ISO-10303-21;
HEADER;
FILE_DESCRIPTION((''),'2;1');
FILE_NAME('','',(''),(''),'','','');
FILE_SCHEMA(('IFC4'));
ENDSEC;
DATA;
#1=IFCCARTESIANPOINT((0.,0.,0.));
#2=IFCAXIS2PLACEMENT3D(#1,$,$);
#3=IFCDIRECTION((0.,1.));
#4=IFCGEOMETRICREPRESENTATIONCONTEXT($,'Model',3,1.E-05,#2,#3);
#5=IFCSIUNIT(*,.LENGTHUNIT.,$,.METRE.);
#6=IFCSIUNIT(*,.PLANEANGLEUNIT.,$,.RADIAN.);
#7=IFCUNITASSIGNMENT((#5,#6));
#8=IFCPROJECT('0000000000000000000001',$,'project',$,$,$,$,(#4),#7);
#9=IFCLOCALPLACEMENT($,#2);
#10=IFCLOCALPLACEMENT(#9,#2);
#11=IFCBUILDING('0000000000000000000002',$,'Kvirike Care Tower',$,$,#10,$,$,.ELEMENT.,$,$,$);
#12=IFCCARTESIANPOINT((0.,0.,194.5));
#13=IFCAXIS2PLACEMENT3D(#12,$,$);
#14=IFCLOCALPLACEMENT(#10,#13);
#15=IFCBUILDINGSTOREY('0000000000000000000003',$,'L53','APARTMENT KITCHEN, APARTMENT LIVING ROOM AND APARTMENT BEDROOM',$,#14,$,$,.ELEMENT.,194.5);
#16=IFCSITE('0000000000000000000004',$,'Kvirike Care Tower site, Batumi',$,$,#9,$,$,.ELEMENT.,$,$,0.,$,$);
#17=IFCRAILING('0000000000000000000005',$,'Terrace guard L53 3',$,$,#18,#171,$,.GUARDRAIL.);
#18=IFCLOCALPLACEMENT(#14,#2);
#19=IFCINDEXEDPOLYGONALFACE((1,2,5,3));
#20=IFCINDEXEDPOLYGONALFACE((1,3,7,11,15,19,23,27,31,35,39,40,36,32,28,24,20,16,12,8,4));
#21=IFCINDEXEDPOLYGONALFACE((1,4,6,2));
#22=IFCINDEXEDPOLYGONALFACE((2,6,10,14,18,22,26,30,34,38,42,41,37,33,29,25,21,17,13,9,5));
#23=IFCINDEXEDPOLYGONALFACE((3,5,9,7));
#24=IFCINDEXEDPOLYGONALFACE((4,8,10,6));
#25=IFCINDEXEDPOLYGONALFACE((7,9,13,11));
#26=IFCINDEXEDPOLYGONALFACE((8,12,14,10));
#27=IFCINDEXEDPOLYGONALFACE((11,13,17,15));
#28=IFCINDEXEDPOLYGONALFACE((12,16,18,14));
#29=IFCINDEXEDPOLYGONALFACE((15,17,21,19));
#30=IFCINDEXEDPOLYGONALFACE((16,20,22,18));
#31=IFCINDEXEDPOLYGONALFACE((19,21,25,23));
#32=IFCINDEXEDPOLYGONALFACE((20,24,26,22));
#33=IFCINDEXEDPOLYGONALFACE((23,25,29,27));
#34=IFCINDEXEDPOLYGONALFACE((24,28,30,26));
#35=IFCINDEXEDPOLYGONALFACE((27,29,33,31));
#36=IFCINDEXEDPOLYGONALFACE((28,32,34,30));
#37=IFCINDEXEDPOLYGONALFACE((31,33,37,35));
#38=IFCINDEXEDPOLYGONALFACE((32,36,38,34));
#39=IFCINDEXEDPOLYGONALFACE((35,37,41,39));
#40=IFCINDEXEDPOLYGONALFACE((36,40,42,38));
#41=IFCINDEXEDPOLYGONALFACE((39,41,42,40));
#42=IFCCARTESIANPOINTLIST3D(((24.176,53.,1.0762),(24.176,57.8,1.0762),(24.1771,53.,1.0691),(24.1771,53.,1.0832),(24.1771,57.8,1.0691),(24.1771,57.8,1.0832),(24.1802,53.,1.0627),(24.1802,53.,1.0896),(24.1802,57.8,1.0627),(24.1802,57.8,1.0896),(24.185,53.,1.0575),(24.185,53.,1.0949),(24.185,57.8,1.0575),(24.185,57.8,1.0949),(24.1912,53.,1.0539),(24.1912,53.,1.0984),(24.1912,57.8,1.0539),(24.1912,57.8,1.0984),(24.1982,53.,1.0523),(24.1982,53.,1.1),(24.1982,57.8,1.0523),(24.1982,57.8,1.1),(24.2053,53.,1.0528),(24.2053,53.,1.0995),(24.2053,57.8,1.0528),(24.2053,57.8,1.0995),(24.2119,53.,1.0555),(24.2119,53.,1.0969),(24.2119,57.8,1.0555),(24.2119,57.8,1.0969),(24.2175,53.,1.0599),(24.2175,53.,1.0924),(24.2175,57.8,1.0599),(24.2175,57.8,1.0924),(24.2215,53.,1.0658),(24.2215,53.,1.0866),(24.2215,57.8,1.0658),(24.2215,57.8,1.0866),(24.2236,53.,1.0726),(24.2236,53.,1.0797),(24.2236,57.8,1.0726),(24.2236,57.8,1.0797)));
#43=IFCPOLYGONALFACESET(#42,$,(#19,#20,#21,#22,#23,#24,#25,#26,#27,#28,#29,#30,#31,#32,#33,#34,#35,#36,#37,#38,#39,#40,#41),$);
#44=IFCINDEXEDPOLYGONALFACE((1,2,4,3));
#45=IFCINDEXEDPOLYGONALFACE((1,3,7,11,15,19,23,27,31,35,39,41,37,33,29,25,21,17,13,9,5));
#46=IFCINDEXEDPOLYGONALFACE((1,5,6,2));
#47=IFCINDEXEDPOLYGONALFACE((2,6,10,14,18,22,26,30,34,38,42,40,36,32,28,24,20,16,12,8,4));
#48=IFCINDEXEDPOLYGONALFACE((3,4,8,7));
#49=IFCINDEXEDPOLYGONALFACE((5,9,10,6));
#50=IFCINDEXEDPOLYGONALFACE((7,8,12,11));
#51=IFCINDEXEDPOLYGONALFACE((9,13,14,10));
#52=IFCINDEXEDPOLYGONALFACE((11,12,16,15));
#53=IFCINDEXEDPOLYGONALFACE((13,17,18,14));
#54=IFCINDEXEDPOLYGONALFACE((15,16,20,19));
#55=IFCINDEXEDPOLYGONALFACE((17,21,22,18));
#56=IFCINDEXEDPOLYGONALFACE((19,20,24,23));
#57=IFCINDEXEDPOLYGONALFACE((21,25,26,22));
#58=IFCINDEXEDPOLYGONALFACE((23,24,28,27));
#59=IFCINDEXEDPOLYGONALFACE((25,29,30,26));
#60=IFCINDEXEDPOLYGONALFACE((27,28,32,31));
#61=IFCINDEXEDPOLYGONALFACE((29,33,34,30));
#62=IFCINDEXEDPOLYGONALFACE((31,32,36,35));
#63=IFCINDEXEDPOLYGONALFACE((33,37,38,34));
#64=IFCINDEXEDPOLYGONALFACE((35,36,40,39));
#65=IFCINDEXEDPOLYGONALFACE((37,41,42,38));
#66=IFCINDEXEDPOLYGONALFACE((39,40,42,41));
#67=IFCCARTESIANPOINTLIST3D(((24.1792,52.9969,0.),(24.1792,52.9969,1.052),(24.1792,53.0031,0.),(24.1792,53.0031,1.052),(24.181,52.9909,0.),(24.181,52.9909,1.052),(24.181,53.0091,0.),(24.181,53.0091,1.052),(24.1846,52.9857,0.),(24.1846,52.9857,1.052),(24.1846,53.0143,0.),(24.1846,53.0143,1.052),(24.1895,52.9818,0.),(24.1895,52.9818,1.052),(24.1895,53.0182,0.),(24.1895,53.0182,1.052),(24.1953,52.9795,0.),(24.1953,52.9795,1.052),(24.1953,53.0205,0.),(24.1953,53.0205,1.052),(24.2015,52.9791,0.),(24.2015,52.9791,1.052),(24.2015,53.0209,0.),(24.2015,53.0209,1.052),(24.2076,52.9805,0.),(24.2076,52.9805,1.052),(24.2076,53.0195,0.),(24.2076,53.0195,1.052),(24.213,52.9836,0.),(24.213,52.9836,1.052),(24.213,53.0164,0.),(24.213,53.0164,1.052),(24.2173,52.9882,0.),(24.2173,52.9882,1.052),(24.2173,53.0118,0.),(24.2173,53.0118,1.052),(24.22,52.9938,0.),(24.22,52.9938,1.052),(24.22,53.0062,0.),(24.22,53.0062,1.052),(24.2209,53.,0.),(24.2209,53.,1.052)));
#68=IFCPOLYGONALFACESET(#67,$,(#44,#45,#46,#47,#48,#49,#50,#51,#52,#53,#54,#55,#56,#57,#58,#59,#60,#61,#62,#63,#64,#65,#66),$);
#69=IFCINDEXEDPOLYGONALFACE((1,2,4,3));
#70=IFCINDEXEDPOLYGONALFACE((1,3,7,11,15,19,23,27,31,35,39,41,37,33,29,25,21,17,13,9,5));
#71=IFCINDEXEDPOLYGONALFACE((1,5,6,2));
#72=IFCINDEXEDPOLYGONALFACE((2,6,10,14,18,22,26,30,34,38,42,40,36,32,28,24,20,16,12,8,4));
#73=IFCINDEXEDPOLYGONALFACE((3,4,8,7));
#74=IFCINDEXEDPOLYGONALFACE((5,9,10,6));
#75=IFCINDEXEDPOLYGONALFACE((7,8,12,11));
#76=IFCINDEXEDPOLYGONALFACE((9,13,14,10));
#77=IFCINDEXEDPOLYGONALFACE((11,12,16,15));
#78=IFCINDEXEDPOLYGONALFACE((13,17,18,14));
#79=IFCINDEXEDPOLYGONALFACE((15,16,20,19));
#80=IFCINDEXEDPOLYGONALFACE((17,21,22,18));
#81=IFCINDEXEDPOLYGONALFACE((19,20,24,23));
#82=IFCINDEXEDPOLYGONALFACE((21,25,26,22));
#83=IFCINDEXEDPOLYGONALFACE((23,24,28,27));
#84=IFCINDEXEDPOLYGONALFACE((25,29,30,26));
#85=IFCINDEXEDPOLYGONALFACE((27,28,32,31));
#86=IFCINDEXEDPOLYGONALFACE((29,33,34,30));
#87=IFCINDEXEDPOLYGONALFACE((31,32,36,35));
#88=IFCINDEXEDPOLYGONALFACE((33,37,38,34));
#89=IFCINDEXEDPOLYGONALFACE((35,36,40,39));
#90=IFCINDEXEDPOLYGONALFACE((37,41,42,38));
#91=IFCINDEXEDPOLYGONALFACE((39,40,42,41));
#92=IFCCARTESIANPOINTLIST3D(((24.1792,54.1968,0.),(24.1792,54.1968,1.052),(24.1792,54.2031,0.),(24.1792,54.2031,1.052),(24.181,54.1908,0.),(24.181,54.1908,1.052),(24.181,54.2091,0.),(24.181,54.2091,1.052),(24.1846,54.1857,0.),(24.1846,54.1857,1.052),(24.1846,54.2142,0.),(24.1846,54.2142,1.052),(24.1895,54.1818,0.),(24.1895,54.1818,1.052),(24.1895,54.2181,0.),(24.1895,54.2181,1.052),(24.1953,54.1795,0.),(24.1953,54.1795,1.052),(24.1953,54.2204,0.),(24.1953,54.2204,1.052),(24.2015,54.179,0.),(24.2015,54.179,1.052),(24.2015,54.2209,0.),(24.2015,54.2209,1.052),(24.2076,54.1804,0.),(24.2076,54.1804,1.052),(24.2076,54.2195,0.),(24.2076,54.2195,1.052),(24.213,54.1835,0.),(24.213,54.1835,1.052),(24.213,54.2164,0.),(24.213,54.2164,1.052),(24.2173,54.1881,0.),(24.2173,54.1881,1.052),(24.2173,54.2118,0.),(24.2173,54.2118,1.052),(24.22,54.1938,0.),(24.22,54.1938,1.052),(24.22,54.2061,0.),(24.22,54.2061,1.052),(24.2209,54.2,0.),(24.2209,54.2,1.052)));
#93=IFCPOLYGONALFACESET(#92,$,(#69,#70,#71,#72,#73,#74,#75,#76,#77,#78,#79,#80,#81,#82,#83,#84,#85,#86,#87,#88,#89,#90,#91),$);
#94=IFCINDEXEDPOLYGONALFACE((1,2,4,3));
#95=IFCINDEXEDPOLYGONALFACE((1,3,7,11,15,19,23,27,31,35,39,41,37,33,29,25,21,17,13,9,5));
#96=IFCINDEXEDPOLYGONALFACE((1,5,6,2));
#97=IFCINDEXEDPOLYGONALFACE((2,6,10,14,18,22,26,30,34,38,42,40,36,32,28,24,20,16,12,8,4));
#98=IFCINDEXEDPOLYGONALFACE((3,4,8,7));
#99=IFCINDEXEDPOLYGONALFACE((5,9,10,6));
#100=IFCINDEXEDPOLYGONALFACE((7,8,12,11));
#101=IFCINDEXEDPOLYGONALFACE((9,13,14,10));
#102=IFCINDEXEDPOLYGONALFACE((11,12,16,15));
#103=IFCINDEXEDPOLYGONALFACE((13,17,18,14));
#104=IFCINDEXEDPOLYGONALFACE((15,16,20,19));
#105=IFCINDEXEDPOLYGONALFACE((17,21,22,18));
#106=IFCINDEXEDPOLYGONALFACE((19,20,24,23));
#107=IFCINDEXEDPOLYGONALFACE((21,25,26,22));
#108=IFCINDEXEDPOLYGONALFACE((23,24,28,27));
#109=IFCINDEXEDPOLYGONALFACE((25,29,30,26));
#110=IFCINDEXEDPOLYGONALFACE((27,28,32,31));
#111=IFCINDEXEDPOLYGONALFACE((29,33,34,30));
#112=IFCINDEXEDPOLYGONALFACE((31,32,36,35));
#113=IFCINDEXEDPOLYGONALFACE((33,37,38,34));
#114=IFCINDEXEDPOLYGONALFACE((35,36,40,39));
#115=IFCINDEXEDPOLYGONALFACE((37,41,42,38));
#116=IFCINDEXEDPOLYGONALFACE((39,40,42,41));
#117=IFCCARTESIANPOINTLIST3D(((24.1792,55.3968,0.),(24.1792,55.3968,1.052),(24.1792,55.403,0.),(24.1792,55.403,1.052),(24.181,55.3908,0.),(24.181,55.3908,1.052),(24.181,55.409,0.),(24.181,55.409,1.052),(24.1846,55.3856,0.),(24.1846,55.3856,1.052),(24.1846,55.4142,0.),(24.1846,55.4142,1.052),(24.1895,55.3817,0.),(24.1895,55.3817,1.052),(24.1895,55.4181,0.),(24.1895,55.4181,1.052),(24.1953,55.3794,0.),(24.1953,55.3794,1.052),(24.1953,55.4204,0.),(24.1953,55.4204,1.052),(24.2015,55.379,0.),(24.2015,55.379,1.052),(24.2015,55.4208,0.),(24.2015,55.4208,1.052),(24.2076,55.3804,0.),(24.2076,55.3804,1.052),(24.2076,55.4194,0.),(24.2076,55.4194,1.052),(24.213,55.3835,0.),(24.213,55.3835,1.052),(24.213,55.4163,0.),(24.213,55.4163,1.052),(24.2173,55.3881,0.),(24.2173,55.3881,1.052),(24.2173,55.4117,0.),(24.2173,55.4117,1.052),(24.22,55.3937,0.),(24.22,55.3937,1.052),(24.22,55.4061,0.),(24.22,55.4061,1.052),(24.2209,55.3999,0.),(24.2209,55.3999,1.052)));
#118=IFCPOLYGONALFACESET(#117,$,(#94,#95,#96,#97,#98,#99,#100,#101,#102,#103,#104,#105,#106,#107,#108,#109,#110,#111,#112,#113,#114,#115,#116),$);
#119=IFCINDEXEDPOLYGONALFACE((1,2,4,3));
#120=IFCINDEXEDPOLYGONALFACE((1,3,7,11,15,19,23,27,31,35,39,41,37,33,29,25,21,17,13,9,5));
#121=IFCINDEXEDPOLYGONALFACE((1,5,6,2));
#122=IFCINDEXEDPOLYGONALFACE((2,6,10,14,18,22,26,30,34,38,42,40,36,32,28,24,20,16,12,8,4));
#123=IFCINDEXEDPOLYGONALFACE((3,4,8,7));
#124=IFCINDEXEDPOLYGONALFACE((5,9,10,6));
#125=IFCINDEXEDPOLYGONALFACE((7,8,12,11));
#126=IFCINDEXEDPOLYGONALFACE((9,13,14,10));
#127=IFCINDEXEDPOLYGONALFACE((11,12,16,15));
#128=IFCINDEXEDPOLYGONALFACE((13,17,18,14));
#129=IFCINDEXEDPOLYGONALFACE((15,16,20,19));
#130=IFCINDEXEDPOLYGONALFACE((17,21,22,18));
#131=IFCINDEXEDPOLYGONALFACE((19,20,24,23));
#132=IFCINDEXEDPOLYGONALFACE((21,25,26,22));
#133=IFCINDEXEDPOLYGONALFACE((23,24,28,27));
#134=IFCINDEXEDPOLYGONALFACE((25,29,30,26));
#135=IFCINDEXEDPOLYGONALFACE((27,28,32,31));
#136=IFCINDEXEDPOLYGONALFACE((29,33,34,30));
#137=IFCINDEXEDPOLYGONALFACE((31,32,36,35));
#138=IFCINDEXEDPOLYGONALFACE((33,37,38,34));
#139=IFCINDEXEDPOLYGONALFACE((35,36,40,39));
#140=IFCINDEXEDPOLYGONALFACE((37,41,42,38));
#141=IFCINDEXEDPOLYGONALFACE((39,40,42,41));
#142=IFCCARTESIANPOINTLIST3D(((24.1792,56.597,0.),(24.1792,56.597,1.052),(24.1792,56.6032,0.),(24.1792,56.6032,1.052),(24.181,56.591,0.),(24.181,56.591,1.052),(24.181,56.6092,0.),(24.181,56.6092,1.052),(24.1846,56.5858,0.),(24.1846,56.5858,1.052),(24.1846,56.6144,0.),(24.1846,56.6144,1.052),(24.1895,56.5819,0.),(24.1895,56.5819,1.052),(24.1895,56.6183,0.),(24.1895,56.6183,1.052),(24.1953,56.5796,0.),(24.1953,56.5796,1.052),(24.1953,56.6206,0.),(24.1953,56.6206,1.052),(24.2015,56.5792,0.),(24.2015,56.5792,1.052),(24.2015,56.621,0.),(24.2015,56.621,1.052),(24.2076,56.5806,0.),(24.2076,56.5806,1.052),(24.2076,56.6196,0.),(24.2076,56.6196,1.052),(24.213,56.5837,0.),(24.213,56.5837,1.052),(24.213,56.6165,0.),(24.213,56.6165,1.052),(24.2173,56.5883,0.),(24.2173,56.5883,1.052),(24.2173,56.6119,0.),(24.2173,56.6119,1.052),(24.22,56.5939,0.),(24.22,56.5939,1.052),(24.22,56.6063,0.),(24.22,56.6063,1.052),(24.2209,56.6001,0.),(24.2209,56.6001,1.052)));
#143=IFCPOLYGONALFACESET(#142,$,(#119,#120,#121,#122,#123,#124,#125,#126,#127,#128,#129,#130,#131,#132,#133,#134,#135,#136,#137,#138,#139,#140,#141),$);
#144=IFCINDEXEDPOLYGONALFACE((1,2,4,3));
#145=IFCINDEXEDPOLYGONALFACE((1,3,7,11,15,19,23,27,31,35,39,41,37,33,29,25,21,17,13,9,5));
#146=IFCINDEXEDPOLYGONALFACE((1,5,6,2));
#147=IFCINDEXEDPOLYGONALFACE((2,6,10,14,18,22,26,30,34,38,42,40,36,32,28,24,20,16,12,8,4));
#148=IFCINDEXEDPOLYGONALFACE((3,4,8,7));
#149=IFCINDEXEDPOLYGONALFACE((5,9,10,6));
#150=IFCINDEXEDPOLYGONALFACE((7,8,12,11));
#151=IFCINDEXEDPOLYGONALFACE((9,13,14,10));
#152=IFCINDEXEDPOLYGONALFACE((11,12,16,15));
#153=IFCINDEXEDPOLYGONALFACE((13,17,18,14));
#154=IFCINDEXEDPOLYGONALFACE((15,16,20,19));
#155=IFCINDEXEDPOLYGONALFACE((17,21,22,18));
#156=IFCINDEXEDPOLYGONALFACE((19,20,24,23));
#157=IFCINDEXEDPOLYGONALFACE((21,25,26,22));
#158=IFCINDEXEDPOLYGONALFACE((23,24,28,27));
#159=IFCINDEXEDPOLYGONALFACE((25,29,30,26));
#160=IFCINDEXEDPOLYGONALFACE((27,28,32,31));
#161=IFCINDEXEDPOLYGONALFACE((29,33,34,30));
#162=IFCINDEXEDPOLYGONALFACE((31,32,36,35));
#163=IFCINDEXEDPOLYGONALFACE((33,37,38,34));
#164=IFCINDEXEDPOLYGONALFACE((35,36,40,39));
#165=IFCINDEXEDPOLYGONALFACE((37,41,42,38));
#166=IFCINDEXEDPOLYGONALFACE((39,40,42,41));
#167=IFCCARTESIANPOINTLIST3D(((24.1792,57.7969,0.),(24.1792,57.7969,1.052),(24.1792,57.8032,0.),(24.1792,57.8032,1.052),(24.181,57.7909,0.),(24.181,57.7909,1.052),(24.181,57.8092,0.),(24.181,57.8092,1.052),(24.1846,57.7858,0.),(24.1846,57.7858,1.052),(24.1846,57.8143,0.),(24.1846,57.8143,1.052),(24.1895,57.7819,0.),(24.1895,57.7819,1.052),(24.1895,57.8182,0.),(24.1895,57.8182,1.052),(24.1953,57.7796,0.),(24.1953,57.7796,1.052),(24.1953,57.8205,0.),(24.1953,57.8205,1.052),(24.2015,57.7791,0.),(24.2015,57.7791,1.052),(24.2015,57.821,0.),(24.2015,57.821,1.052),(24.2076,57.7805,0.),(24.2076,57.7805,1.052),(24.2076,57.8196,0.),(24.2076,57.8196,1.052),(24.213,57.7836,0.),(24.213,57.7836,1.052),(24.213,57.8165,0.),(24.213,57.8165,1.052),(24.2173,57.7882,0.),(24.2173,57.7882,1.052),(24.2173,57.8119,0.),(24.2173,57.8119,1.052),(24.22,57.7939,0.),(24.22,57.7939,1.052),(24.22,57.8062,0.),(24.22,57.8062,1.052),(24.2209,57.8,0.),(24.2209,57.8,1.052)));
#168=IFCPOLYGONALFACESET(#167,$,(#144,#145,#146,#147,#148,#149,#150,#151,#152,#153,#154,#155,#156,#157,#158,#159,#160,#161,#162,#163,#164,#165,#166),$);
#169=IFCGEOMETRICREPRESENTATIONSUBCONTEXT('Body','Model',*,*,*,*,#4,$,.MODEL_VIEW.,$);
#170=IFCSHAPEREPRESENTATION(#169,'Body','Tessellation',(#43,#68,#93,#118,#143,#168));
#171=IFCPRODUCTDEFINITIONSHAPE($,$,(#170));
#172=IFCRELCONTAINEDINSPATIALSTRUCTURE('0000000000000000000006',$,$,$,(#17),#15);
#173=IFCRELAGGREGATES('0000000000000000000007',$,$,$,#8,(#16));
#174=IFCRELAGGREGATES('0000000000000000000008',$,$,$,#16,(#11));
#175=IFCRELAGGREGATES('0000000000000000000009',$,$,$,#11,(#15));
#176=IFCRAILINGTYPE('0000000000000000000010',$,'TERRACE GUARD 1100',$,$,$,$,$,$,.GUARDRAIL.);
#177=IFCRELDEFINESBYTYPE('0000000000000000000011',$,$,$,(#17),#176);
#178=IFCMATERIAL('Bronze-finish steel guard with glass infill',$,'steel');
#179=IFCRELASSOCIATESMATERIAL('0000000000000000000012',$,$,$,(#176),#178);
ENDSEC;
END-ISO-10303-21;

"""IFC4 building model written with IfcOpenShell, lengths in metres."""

from ifc_helpers import new_model, si_unit, direction, frame, origin, origin_2d, place, context, subcontext, project, spatial, circle, extrude, material, type_object, element, save


model = new_model("IFC4")

# Units and contexts
model_context = context("Model", 3, precision=1e-05, world=origin(), true_north=direction((0.0, 1.0)))
body_context = subcontext(model_context, "Body", "Model", "MODEL_VIEW")
ifc_project = project(units=[si_unit("LENGTHUNIT", "METRE"), si_unit("PLANEANGLEUNIT", "RADIAN")], contexts=[model_context])

# Site, building, storey
site_placement = place(None, origin())
site = spatial("IfcSite", under=ifc_project, at=site_placement, Name="Kvirike Care Tower site, Batumi", CompositionType="ELEMENT", RefElevation=0.0)
building_placement = place(site_placement, origin())
building = spatial("IfcBuilding", under=site, at=building_placement, Name="Kvirike Care Tower", CompositionType="ELEMENT")
storey_placement = place(building_placement, frame((0.0, 0.0, 194.5)))
storey = spatial("IfcBuildingStorey", under=building, at=storey_placement, Name="L53", Description="APARTMENT KITCHEN, APARTMENT LIVING ROOM AND APARTMENT BEDROOM", CompositionType="ELEMENT", Elevation=194.5)

# Railing
ifc_material_1 = material(Name="Bronze-finish steel guard with glass infill", Category="steel")
railing_type = type_object("IfcRailingType", Name="TERRACE GUARD 1100", PredefinedType="GUARDRAIL", material=ifc_material_1)
railing_1_placement = place(storey_placement, frame((24.2, 53.0, 0.0)))
element("IfcRailing", 1, at=railing_1_placement, inside=storey, type_object=railing_type, Name="Terrace guard L53 3", PredefinedType="GUARDRAIL", context=body_context, shape_type="SweptSolid", body=[
    extrude(circle(Radius=0.0239, at=origin_2d()), frame((0.0, 0.0, 1.0762), z_axis=(0.0, 1.0, 0.0), x_axis=(-1.0, 0.0, 0.0)), (0.0, 0.0, 1.0), 4.8),
    extrude(circle(Radius=0.021, at=origin_2d()), origin(), (0.0, 0.0, 1.0), 1.052),
    extrude(circle(Radius=0.021, at=origin_2d()), frame((0.0, 1.2, 0.0)), (0.0, 0.0, 1.0), 1.052),
    extrude(circle(Radius=0.021, at=origin_2d()), frame((0.0, 2.3999, 0.0)), (0.0, 0.0, 1.0), 1.052),
    extrude(circle(Radius=0.021, at=origin_2d()), frame((0.0, 3.6001, 0.0)), (0.0, 0.0, 1.0), 1.052),
    extrude(circle(Radius=0.021, at=origin_2d()), frame((0.0, 4.8, 0.0)), (0.0, 0.0, 1.0), 1.052),
])

save(model, "model.ifc")
